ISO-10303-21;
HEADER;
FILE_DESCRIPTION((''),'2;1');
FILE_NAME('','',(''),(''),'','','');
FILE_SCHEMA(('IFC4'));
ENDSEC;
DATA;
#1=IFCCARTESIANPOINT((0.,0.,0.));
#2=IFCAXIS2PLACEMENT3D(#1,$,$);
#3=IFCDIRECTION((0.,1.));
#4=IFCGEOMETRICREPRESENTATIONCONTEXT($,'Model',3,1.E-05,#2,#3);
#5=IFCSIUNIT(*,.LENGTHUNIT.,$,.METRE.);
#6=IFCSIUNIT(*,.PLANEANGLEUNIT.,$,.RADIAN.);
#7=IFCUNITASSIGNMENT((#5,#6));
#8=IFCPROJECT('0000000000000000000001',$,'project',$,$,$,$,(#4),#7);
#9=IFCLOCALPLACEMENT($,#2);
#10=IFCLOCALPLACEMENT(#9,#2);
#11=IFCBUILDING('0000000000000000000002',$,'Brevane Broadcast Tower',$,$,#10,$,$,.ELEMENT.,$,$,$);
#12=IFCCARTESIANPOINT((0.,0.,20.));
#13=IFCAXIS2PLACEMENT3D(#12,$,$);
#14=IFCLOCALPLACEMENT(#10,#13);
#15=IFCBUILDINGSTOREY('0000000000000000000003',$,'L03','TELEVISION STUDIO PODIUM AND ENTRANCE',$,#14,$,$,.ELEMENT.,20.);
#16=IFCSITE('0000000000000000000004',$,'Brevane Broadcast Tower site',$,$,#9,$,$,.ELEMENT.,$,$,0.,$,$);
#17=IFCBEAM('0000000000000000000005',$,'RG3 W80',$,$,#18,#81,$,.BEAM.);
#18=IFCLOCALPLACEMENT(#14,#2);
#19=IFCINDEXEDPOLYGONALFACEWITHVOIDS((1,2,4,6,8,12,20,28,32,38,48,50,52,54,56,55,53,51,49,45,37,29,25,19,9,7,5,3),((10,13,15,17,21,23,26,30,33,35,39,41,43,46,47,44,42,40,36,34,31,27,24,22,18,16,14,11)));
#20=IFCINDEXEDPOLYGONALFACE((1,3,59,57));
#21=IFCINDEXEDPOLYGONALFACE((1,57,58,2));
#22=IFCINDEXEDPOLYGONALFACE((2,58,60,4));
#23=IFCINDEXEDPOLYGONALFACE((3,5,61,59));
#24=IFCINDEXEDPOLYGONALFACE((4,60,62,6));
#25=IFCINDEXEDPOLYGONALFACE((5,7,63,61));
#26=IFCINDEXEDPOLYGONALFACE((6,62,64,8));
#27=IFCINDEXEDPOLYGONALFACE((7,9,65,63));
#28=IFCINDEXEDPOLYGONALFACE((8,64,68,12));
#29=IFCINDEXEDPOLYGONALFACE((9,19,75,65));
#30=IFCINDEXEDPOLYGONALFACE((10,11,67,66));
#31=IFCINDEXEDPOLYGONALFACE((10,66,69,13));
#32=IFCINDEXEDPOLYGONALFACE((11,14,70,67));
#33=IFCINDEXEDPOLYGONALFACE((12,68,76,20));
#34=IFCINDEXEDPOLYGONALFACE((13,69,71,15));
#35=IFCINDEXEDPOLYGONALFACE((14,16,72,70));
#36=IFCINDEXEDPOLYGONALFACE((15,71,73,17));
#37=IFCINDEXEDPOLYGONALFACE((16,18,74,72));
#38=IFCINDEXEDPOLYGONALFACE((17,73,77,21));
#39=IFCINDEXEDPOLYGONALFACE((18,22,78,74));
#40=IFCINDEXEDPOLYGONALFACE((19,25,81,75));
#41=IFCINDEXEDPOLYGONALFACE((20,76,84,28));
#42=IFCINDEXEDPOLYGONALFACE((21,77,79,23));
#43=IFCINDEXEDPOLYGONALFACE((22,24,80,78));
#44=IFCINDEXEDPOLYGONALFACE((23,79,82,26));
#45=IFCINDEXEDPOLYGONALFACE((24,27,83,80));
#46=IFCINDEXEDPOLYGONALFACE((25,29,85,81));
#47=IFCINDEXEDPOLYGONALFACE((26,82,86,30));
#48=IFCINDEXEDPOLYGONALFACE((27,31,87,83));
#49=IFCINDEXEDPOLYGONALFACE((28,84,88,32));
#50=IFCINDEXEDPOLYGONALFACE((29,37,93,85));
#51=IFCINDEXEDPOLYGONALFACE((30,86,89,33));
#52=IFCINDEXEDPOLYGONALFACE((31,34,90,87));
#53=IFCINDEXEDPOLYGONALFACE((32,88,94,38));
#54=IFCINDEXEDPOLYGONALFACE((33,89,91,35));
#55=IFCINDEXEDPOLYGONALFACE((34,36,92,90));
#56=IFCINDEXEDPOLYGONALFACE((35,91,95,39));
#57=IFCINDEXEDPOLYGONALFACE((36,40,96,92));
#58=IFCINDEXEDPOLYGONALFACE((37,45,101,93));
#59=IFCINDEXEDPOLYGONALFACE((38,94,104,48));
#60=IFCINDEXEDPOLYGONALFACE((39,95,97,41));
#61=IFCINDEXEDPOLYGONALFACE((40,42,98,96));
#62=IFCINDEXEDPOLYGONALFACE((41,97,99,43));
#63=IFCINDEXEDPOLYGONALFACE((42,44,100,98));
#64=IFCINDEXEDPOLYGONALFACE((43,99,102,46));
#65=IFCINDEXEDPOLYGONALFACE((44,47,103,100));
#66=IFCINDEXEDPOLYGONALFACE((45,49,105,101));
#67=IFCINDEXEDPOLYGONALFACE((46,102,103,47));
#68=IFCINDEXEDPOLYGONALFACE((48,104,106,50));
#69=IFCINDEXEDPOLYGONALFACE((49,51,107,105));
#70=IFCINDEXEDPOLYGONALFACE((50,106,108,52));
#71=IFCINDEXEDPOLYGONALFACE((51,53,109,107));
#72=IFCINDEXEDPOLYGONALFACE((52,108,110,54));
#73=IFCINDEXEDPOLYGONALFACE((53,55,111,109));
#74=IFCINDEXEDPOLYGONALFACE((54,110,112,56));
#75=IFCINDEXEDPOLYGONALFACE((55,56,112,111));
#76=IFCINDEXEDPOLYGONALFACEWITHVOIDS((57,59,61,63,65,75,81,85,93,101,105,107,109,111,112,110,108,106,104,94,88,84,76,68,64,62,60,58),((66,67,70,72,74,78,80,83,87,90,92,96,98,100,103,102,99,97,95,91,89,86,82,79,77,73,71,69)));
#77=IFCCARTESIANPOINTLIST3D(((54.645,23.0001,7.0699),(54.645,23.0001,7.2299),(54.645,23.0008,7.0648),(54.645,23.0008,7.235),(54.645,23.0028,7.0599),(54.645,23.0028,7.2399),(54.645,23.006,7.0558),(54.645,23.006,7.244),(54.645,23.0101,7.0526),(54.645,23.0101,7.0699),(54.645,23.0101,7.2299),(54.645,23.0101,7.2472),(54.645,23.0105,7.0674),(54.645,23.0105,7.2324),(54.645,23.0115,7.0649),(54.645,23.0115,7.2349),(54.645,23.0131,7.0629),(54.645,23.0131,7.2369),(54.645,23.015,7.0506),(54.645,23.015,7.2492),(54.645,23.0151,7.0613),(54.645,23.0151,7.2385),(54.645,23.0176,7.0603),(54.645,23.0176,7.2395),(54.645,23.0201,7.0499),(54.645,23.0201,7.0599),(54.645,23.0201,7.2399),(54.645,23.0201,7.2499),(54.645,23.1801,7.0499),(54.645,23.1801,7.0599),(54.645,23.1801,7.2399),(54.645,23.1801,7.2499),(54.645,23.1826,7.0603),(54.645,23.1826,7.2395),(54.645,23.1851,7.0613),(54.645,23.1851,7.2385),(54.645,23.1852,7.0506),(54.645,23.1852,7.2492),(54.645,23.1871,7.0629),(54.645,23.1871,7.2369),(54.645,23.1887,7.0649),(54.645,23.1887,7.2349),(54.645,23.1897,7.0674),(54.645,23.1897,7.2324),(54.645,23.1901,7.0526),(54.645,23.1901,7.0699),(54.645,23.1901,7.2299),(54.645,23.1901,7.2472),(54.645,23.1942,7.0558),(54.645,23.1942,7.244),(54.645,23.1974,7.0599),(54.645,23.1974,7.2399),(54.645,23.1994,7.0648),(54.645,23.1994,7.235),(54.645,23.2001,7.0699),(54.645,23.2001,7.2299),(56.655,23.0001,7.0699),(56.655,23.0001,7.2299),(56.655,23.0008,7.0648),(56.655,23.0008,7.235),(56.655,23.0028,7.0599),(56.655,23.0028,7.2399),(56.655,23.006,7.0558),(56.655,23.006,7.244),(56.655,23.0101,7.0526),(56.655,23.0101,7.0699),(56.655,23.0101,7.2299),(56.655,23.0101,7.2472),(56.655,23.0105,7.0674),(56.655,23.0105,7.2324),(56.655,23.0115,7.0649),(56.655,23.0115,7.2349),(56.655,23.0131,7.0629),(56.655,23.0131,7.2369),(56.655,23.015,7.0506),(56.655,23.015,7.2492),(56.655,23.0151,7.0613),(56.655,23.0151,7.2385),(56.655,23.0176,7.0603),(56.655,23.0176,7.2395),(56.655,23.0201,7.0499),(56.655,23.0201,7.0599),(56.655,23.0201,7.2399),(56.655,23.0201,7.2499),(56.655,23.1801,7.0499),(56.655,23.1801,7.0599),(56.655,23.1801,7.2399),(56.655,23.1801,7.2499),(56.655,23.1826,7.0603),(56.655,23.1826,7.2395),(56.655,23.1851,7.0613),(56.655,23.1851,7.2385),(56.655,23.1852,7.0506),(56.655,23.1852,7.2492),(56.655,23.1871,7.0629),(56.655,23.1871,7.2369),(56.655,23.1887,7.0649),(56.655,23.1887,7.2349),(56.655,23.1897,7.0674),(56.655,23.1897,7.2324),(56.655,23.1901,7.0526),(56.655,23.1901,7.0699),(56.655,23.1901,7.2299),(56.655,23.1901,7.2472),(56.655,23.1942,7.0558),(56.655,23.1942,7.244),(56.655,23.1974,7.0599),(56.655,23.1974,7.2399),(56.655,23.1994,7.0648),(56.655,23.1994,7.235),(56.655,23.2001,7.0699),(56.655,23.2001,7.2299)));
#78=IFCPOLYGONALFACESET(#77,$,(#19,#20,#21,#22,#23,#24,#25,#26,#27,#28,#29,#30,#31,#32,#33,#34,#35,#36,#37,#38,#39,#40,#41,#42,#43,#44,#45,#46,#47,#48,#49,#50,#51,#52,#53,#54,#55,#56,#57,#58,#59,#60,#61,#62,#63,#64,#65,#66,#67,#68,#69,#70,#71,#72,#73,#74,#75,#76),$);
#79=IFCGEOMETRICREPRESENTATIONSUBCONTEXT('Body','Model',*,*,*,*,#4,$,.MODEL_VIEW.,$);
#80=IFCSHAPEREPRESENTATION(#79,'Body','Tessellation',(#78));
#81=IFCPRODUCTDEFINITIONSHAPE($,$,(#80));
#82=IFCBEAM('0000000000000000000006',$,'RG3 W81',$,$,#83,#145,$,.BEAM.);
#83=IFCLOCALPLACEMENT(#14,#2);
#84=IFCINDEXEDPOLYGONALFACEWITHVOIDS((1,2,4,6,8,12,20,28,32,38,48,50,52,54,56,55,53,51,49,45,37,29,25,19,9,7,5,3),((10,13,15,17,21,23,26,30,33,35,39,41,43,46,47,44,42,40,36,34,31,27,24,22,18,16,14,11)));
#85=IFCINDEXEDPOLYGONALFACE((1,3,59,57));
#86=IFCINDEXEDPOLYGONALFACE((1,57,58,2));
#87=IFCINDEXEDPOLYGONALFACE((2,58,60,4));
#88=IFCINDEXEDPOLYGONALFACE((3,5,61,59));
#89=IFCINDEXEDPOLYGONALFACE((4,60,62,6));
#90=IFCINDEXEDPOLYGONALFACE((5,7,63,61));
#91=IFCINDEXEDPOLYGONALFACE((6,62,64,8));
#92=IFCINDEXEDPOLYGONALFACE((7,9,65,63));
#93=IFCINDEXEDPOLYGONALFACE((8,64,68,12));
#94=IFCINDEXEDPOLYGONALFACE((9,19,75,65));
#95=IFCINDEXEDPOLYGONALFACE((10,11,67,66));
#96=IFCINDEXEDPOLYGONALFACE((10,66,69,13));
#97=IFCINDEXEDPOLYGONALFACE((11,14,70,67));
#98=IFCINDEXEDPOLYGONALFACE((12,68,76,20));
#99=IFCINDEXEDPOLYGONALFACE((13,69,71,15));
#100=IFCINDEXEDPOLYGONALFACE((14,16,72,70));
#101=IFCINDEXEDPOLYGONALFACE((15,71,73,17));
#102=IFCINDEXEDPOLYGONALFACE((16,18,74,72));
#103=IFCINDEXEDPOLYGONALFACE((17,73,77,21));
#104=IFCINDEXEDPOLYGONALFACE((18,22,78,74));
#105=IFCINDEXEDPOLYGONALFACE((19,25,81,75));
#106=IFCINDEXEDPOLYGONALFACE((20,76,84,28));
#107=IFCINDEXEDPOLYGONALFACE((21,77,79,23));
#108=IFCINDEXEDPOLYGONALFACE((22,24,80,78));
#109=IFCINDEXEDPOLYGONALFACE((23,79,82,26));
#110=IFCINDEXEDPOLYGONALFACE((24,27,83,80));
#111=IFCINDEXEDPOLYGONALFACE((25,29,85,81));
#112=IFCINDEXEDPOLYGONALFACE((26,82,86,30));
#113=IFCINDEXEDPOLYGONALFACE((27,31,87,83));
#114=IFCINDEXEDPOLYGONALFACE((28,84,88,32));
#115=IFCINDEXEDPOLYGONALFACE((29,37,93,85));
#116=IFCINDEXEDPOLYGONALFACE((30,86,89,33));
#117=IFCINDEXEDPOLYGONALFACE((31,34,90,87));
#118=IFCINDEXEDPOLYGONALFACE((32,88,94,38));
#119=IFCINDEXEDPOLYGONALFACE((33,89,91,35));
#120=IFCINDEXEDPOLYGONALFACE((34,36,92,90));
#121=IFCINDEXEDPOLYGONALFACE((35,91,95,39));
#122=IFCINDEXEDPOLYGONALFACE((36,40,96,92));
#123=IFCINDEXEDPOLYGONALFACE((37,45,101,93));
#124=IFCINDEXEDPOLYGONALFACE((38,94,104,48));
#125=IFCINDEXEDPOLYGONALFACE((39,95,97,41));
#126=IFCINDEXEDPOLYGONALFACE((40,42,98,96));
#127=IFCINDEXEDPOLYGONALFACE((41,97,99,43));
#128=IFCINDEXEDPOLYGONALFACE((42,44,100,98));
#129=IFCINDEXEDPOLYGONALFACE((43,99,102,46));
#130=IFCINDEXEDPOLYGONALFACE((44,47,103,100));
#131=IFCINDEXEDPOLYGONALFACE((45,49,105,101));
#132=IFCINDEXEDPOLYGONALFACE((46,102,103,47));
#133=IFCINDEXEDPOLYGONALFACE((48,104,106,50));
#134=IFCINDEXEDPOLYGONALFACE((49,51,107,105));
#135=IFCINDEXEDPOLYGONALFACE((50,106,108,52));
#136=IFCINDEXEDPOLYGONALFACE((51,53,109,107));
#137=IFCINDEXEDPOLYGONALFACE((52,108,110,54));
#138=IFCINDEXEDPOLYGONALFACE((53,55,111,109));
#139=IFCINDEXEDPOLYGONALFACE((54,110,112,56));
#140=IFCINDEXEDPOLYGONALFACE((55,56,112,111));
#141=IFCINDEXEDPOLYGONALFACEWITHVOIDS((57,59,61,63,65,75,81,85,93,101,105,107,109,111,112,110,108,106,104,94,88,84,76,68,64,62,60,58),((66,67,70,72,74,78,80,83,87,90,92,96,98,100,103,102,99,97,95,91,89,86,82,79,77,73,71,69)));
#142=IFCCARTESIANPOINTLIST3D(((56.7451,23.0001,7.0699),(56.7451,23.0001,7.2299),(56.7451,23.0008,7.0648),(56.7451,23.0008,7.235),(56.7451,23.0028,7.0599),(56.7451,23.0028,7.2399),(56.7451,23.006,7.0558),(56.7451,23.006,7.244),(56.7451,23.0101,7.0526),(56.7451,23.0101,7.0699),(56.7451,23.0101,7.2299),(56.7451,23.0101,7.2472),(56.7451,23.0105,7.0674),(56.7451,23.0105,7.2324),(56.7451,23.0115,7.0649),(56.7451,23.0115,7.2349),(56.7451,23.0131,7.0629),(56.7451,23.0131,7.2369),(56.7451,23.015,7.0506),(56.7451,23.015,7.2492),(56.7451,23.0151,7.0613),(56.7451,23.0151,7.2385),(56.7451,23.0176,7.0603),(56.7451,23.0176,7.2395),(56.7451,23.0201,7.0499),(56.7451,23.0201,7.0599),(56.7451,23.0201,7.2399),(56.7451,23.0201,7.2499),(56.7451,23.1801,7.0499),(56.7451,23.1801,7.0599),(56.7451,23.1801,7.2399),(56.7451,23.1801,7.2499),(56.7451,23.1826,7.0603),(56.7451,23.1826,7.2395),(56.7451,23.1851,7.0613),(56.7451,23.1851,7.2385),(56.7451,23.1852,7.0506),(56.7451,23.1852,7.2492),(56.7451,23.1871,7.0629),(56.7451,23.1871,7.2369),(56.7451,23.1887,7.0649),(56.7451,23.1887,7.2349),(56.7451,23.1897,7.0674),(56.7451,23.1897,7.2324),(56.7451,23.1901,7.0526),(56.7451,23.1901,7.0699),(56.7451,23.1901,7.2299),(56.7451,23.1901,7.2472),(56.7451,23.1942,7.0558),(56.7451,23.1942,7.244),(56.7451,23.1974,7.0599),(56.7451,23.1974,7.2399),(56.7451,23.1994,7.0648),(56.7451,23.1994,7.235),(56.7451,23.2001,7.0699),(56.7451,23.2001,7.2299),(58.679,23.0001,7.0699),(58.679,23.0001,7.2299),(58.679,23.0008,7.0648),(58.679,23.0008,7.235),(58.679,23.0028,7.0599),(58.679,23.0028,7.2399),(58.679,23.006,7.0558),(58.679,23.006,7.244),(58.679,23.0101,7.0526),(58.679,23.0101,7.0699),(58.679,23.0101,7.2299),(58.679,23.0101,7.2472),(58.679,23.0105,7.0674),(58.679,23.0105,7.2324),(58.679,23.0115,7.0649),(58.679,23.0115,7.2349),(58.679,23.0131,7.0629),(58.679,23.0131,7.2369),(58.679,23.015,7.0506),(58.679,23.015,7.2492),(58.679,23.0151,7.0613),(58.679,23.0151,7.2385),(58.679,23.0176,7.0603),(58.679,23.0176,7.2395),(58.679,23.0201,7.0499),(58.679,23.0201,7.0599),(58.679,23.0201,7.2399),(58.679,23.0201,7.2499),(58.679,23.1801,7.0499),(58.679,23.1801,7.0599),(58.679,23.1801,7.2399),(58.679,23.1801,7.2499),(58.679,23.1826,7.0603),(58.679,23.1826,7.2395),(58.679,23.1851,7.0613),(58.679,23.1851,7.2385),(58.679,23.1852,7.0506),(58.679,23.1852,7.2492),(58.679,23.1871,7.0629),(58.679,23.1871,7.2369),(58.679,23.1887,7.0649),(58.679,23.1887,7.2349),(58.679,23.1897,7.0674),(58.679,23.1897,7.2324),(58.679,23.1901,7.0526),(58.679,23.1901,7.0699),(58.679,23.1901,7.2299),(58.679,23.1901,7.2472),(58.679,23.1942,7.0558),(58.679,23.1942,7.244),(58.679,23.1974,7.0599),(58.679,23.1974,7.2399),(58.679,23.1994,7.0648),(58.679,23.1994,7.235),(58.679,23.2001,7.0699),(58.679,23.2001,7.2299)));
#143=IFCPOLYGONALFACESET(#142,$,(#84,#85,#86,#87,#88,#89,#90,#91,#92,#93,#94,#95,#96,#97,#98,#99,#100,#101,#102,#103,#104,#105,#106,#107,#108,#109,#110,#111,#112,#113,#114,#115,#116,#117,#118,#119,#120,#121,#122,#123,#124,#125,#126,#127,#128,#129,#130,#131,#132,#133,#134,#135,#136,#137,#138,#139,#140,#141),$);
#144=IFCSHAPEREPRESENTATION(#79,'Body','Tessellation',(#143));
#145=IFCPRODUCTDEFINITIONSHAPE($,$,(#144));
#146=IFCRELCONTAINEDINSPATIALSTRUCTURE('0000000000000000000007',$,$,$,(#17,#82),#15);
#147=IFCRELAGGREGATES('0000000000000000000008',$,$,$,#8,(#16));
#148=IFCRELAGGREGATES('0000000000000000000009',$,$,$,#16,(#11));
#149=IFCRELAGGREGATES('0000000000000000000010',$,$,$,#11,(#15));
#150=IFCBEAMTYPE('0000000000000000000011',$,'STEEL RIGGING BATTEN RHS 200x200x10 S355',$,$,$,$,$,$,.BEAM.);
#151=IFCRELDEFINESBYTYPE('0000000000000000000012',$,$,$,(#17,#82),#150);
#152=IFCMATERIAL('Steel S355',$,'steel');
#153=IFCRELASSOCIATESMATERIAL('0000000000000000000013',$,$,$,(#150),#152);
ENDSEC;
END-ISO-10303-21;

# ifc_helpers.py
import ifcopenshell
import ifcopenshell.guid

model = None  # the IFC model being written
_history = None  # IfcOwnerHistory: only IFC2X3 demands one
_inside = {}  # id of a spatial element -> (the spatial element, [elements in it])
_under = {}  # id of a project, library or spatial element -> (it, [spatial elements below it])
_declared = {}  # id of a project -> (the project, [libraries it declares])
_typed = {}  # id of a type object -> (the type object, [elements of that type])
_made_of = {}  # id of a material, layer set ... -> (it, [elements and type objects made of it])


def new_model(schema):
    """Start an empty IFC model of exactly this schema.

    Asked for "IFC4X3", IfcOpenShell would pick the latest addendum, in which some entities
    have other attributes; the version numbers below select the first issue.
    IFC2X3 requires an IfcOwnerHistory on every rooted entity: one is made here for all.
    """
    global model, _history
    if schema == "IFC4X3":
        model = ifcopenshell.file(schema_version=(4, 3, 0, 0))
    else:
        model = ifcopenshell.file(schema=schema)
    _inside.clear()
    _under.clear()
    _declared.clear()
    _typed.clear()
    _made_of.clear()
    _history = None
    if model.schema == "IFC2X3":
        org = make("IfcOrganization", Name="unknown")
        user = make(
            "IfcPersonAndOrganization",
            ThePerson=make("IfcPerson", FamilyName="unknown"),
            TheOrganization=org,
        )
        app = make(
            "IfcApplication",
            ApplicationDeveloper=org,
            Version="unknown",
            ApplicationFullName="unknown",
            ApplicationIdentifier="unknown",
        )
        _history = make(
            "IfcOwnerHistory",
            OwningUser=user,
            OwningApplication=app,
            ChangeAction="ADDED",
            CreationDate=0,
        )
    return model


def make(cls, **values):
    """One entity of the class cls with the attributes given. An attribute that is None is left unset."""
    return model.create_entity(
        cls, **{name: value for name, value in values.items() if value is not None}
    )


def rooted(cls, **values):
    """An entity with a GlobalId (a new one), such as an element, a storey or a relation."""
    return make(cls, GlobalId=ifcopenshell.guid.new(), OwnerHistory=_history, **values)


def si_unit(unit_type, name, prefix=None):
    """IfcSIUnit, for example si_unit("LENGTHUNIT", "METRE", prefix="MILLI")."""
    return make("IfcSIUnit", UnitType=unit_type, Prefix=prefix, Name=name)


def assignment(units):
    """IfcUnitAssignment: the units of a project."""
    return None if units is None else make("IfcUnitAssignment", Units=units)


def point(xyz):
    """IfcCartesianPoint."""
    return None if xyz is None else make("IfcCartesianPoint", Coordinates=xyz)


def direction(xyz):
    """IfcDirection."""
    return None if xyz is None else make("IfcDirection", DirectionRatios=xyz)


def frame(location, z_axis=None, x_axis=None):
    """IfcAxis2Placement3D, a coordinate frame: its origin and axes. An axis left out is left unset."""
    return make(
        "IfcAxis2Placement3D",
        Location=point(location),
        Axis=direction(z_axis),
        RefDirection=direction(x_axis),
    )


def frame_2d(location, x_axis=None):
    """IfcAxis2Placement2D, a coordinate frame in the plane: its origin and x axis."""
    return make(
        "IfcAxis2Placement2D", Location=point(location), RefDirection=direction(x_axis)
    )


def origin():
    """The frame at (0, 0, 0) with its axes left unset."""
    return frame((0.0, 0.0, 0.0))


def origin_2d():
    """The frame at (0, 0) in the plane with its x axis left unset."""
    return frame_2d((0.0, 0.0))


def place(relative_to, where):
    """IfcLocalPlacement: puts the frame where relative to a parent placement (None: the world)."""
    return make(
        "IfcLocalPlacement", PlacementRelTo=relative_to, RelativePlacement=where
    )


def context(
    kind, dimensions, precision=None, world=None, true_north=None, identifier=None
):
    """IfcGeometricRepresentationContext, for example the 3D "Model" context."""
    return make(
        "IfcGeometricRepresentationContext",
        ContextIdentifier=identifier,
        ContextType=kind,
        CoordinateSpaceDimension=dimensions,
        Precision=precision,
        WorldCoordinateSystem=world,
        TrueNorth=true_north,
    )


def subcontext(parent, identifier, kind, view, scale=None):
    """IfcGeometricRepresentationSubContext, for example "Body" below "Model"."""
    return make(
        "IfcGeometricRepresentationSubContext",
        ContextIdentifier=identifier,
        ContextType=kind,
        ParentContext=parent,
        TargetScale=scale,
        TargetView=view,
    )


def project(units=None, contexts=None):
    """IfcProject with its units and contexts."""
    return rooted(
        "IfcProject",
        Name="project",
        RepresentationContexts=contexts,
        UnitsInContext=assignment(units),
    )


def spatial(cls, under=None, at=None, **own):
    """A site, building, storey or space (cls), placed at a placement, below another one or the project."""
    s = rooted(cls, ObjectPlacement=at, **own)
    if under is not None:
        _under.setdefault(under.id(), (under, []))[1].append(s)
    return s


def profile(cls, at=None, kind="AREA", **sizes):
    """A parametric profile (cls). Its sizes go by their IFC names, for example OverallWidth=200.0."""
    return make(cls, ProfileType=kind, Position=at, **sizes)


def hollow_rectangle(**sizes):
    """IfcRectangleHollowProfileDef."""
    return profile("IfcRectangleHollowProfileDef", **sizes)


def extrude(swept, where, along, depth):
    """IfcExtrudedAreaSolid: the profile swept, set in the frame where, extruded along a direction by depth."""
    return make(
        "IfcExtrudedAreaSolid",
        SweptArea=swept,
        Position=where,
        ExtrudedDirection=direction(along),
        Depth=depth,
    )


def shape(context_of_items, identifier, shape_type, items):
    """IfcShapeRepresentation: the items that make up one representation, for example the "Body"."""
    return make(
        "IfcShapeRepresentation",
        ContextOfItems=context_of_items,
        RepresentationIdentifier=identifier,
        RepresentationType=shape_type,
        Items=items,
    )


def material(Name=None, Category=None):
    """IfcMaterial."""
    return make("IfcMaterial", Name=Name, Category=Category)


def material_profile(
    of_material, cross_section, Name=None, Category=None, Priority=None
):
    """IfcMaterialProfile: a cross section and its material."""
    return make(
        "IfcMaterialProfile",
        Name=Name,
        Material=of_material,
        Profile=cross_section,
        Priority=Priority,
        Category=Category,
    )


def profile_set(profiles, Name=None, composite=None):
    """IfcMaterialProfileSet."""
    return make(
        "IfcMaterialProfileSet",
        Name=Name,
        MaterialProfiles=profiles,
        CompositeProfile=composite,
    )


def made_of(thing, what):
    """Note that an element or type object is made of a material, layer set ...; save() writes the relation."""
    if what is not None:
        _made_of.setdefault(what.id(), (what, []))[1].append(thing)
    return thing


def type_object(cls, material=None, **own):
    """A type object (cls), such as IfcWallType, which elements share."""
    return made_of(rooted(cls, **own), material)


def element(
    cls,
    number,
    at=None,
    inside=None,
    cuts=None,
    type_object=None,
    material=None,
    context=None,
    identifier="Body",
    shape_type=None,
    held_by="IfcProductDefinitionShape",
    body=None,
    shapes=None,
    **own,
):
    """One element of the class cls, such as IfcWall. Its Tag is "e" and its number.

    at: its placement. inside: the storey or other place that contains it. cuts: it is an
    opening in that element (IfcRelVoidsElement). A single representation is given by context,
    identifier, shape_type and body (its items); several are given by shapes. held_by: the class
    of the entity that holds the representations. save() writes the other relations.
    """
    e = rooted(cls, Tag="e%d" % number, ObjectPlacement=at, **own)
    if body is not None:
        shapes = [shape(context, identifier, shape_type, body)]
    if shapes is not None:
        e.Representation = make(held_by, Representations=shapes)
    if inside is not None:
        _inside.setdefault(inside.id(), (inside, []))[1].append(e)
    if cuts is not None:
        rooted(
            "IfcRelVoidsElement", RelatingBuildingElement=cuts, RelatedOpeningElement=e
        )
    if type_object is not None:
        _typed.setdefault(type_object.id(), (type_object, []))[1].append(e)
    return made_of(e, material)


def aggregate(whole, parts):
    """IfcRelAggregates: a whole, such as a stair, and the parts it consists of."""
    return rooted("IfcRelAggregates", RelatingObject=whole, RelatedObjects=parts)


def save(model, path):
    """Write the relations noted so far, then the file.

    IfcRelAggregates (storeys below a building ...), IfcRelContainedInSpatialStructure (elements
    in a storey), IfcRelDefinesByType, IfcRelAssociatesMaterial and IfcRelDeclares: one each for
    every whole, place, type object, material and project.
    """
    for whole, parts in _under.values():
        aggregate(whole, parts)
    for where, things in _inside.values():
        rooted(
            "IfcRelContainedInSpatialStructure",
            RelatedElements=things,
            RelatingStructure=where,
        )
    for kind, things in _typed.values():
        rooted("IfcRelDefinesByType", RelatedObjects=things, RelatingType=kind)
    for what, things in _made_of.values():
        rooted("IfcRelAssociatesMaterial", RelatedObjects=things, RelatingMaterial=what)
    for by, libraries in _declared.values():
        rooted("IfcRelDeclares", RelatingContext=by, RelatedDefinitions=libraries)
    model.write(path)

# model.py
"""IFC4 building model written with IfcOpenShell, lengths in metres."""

from ifc_helpers import new_model, si_unit, direction, frame, origin, origin_2d, place, context, subcontext, project, spatial, hollow_rectangle, extrude, material, material_profile, profile_set, type_object, element, save


model = new_model("IFC4")

# Units and contexts
model_context = context("Model", 3, precision=1e-05, world=origin(), true_north=direction((0.0, 1.0)))
body_context = subcontext(model_context, "Body", "Model", "MODEL_VIEW")
ifc_project = project(units=[si_unit("LENGTHUNIT", "METRE"), si_unit("PLANEANGLEUNIT", "RADIAN")], contexts=[model_context])

# Site, building, storey
site_placement = place(None, origin())
site = spatial("IfcSite", under=ifc_project, at=site_placement, Name="Brevane Broadcast Tower site", CompositionType="ELEMENT", RefElevation=0.0)
building_placement = place(site_placement, origin())
building = spatial("IfcBuilding", under=site, at=building_placement, Name="Brevane Broadcast Tower", CompositionType="ELEMENT")
storey_placement = place(building_placement, frame((0.0, 0.0, 20.0)))
storey = spatial("IfcBuildingStorey", under=building, at=storey_placement, Name="L03", Description="TELEVISION STUDIO PODIUM AND ENTRANCE", CompositionType="ELEMENT", Elevation=20.0)

# Beams
ifc_material_1 = material(Name="Steel S355", Category="steel")
ifc_material_profile_1 = material_profile(ifc_material_1, hollow_rectangle(XDim=0.2, YDim=0.2, WallThickness=0.01, InnerFilletRadius=0.01, OuterFilletRadius=0.02, at=origin_2d()), Name="RHS 200x200x10")
ifc_profile_set_1 = profile_set([ifc_material_profile_1], Name="Steel S355")
beam_type_1 = type_object("IfcBeamType", Name="STEEL RIGGING BATTEN RHS 200x200x10 S355", PredefinedType="BEAM", material=ifc_profile_set_1)
for number, where, z_axis, x_axis, name in (
    (1, (54.645, 23.1001, 7.1499), (1.0, 0.0, 0.0), (0.0, 1.0, 0.0), "RG3 W80"),
):
    element("IfcBeam", number, at=place(storey_placement, frame(where, z_axis=z_axis, x_axis=x_axis)), inside=storey, type_object=beam_type_1, Name=name, PredefinedType="BEAM", context=body_context, shape_type="SweptSolid", body=[
        extrude(hollow_rectangle(XDim=0.2, YDim=0.2, WallThickness=0.01, InnerFilletRadius=0.01, OuterFilletRadius=0.02, at=origin_2d()), origin(), (0.0, 0.0, 1.0), 2.01),
    ])
beam_1_placement = place(storey_placement, frame((56.7451, 23.1001, 7.1499), z_axis=(1.0, 0.0, 0.0), x_axis=(0.0, 1.0, 0.0)))
element("IfcBeam", 2, at=beam_1_placement, inside=storey, type_object=beam_type_1, Name="RG3 W81", PredefinedType="BEAM", context=body_context, shape_type="SweptSolid", body=[
    extrude(hollow_rectangle(XDim=0.2, YDim=0.2, WallThickness=0.01, InnerFilletRadius=0.01, OuterFilletRadius=0.02, at=origin_2d()), origin(), (0.0, 0.0, 1.0), 1.9338),
])

save(model, "model.ifc")
